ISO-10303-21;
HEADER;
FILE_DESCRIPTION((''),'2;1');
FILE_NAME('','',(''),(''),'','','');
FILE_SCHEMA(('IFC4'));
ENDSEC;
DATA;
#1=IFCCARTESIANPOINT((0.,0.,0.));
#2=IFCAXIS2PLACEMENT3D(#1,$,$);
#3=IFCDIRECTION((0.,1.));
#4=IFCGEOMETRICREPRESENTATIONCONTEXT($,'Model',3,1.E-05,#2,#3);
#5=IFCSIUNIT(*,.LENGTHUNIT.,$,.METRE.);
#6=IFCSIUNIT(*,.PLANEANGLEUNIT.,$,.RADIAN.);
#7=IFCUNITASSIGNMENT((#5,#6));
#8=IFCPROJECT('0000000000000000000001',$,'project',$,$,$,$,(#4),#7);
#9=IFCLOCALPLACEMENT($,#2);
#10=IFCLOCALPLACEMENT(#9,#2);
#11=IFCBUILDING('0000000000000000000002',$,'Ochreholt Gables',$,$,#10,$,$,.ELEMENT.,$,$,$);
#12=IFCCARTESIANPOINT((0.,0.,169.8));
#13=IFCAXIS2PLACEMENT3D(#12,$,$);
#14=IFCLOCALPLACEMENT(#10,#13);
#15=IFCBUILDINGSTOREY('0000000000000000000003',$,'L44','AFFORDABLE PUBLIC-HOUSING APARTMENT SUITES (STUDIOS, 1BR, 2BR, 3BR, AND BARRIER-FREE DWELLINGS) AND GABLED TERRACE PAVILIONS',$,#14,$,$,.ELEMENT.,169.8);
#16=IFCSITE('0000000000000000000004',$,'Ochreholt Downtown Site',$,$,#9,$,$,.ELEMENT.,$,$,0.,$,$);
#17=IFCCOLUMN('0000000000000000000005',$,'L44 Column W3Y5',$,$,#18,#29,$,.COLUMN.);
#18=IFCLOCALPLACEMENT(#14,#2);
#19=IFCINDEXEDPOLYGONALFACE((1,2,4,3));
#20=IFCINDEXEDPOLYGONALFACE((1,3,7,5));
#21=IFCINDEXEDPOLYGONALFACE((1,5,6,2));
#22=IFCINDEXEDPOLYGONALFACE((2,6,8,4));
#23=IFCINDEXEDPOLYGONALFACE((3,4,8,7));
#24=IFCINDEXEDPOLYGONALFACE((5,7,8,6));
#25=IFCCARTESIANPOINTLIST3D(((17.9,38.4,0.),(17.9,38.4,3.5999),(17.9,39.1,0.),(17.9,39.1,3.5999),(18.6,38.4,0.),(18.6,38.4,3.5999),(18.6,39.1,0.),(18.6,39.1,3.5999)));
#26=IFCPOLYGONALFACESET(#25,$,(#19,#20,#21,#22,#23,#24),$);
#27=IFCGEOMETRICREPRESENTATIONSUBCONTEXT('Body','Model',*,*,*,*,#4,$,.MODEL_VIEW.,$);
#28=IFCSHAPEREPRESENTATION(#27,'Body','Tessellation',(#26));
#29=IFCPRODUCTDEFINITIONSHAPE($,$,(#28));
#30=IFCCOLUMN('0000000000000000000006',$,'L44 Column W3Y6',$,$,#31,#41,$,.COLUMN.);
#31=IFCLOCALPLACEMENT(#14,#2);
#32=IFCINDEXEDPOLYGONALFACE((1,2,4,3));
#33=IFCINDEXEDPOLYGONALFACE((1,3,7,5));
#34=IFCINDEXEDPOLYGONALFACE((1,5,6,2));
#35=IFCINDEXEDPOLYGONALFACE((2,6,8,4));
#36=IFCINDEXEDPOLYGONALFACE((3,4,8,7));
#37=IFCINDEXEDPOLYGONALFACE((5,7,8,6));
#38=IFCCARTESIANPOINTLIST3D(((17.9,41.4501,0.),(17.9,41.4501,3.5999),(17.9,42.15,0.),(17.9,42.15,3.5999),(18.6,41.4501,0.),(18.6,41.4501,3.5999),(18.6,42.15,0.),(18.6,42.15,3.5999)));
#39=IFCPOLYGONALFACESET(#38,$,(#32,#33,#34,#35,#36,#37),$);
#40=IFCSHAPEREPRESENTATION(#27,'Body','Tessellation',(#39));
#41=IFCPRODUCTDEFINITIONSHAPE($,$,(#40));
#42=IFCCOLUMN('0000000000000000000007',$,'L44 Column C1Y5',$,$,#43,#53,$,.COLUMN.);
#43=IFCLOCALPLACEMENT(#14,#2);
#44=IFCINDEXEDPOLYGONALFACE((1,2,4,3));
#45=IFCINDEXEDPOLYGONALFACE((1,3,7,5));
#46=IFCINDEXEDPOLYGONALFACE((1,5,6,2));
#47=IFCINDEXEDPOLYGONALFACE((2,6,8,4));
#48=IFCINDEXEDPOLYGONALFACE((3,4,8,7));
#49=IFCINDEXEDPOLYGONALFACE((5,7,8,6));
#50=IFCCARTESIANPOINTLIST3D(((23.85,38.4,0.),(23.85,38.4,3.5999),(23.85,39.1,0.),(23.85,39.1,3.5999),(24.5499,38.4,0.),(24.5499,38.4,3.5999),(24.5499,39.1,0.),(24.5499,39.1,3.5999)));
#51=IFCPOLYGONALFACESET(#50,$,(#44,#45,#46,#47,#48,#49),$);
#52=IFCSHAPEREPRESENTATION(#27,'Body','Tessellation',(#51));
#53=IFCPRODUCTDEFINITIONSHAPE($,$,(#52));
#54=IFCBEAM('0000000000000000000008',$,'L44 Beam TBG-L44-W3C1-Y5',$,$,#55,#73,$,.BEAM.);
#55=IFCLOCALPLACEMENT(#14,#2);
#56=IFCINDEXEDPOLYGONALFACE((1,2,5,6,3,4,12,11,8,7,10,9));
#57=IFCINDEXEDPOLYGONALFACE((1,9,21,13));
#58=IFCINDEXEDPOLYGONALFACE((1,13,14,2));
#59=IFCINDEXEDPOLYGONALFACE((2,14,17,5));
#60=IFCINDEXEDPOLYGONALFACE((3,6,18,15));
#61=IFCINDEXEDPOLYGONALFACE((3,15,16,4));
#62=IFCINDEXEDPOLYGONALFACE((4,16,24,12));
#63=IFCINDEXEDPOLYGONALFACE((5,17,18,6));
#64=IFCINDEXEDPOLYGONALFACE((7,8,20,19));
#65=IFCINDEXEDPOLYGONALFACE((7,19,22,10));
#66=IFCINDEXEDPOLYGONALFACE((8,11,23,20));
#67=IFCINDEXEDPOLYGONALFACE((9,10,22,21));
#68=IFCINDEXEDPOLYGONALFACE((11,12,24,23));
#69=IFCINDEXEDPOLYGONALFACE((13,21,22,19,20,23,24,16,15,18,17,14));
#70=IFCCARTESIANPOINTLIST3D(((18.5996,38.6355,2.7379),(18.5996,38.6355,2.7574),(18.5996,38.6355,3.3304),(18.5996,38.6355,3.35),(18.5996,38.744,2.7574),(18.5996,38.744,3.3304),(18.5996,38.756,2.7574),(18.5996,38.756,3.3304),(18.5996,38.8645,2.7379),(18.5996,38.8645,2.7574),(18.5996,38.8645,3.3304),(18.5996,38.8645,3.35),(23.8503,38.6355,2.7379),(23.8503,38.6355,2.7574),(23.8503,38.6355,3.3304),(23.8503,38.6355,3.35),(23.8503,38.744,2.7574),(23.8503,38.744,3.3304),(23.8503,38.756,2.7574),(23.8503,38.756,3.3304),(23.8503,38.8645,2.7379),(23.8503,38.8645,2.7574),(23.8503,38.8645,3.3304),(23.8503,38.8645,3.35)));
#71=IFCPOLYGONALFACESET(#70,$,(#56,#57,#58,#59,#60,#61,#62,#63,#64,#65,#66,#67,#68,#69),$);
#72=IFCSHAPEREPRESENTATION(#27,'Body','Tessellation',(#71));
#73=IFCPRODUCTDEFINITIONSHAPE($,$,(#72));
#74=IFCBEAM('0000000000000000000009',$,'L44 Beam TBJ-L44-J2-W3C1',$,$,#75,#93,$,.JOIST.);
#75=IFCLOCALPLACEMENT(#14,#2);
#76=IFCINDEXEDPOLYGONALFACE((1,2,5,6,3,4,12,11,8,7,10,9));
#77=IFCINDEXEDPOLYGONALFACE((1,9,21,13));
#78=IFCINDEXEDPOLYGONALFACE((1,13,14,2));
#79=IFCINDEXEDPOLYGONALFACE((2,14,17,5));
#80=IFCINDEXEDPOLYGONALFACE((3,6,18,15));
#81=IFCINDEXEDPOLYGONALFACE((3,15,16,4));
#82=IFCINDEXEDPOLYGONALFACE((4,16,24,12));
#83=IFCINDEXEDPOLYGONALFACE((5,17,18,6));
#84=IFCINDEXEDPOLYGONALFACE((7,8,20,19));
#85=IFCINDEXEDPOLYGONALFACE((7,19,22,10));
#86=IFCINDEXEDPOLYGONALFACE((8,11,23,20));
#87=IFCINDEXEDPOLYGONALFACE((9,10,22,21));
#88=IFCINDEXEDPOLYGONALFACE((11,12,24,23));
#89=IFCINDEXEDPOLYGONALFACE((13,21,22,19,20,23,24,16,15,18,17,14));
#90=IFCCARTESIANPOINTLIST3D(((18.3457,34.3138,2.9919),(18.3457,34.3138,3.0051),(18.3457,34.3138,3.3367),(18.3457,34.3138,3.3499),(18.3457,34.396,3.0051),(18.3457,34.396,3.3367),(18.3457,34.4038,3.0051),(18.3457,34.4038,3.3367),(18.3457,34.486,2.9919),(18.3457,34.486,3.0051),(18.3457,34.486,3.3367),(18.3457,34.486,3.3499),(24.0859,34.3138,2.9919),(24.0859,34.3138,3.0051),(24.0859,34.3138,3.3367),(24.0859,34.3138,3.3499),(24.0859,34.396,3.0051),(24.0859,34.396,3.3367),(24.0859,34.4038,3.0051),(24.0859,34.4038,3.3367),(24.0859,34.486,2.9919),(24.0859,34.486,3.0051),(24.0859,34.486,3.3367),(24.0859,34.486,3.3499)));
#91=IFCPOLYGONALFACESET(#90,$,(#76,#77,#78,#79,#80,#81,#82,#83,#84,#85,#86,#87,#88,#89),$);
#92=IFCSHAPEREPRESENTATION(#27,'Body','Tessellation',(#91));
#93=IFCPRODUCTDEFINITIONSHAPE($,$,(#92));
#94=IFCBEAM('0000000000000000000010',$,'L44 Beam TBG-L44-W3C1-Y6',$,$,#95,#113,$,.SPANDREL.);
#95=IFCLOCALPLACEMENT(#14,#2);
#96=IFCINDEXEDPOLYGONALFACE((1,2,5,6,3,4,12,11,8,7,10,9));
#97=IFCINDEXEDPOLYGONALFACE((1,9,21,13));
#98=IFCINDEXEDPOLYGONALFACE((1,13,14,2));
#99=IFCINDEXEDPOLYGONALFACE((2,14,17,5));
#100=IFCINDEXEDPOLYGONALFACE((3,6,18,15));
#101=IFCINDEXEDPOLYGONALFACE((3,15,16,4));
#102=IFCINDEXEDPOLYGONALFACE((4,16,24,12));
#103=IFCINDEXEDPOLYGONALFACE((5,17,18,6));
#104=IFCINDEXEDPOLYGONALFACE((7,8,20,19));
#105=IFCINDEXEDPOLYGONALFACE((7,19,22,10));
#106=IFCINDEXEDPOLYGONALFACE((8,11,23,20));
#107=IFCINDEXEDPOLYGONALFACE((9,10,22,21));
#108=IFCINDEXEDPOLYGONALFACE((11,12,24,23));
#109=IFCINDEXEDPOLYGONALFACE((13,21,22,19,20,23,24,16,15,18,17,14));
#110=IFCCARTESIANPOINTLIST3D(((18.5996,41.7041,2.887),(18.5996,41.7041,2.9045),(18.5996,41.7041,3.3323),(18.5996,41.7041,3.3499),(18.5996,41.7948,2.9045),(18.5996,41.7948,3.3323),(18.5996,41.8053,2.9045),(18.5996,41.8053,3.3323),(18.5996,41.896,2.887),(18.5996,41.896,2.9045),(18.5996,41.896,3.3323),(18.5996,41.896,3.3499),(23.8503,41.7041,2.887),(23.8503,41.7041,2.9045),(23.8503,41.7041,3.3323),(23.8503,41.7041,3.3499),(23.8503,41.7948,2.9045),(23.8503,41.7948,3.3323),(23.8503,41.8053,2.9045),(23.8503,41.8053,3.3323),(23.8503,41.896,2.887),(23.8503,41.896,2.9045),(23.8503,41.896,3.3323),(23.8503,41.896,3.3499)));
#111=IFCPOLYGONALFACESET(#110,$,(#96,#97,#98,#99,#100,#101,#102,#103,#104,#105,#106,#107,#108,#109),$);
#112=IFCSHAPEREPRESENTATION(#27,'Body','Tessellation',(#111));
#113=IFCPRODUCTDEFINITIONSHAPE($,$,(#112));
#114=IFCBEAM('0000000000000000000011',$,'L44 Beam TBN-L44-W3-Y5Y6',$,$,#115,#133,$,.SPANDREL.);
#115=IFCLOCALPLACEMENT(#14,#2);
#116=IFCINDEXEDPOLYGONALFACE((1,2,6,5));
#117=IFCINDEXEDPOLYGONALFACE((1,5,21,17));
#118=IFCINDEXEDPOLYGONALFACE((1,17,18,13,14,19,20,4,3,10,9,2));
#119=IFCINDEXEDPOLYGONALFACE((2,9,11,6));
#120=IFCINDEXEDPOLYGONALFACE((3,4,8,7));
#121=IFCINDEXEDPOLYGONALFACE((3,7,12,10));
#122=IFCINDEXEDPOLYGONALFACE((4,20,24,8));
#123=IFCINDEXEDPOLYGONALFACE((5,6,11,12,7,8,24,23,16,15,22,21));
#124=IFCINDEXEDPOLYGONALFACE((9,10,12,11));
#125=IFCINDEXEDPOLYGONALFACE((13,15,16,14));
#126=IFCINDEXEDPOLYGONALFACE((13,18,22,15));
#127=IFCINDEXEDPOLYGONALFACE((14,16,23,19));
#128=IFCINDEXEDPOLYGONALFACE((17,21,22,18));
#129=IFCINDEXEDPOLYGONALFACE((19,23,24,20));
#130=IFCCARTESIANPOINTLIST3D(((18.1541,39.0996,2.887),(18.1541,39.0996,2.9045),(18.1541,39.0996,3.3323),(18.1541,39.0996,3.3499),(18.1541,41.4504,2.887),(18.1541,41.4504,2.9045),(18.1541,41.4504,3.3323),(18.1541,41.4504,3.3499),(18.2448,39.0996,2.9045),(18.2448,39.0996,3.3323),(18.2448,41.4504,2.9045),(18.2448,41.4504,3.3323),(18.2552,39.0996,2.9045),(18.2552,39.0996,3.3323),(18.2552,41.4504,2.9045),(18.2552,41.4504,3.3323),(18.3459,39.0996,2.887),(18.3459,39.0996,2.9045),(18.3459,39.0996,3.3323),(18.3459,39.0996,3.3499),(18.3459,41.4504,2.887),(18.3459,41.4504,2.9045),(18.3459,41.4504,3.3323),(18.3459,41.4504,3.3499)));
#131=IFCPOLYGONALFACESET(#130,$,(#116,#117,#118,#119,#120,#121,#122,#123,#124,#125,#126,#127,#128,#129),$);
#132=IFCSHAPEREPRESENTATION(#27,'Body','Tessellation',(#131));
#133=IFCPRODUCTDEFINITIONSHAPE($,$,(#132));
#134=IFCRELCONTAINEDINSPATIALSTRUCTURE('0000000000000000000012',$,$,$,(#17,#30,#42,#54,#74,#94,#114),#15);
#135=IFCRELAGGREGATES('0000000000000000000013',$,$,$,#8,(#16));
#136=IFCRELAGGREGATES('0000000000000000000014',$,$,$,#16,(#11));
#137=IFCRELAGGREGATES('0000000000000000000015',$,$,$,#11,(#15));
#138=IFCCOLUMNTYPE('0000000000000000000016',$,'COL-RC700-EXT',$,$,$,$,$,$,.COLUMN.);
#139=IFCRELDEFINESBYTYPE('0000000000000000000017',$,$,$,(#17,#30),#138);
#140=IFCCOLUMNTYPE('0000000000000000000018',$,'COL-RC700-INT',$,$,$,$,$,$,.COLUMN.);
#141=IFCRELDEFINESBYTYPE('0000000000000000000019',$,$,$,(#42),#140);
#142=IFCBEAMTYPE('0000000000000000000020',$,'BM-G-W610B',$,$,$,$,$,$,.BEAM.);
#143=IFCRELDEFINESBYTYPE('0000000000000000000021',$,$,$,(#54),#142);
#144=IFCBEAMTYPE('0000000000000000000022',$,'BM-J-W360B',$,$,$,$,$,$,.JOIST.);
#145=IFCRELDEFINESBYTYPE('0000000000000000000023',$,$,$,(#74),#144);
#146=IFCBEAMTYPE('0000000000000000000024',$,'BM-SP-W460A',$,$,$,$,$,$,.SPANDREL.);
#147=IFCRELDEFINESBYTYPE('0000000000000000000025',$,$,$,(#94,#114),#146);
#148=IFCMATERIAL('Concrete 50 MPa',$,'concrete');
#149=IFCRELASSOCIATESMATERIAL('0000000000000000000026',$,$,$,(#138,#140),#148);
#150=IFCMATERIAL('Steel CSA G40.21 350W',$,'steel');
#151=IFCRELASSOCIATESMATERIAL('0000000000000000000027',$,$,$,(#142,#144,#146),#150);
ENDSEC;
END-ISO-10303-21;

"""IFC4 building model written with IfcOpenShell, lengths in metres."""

from ifc_helpers import new_model, si_unit, direction, frame, origin, origin_2d, place, context, subcontext, project, spatial, rectangle, i_section, extrude, material, material_profile, profile_set, type_object, element, save


model = new_model("IFC4")

# Units and contexts
model_context = context("Model", 3, precision=1e-05, world=origin(), true_north=direction((0.0, 1.0)))
body_context = subcontext(model_context, "Body", "Model", "MODEL_VIEW")
ifc_project = project(units=[si_unit("LENGTHUNIT", "METRE"), si_unit("PLANEANGLEUNIT", "RADIAN")], contexts=[model_context])

# Site, building, storey
site_placement = place(None, origin())
site = spatial("IfcSite", under=ifc_project, at=site_placement, Name="Ochreholt Downtown Site", CompositionType="ELEMENT", RefElevation=0.0)
building_placement = place(site_placement, origin())
building = spatial("IfcBuilding", under=site, at=building_placement, Name="Ochreholt Gables", CompositionType="ELEMENT")
storey_placement = place(building_placement, frame((0.0, 0.0, 169.8)))
storey = spatial("IfcBuildingStorey", under=building, at=storey_placement, Name="L44", Description="AFFORDABLE PUBLIC-HOUSING APARTMENT SUITES (STUDIOS, 1BR, 2BR, 3BR, AND BARRIER-FREE DWELLINGS) AND GABLED TERRACE PAVILIONS", CompositionType="ELEMENT", Elevation=169.8)

# Columns
ifc_material_1 = material(Name="Concrete 50 MPa", Category="concrete")
ifc_material_profile_1 = material_profile(ifc_material_1, rectangle(XDim=0.7, YDim=0.7, at=origin_2d()), Name="RC700X700")
ifc_profile_set_1 = profile_set([ifc_material_profile_1], Name="Concrete 50 MPa")
column_type_1 = type_object("IfcColumnType", Name="COL-RC700-EXT", PredefinedType="COLUMN", material=ifc_profile_set_1)
for number, where, z_axis, x_axis, name in (
    (1, (18.25, 38.75, 0.0), (0.0, 0.0, 1.0), (1.0, 0.0, 0.0), "L44 Column W3Y5"),
    (2, (18.25, 41.8, 0.0), (0.0, 0.0, 1.0), (1.0, 0.0, 0.0), "L44 Column W3Y6"),
):
    element("IfcColumn", number, at=place(storey_placement, frame(where, z_axis=z_axis, x_axis=x_axis)), inside=storey, type_object=column_type_1, Name=name, PredefinedType="COLUMN", context=body_context, shape_type="SweptSolid", body=[
        extrude(rectangle(XDim=0.7, YDim=0.7, at=origin_2d()), origin(), (0.0, 0.0, 1.0), 3.5999),
    ])
ifc_material_profile_2 = material_profile(ifc_material_1, rectangle(XDim=0.7, YDim=0.7, at=origin_2d()), Name="RC700X700")
ifc_profile_set_2 = profile_set([ifc_material_profile_2], Name="Concrete 50 MPa")
column_type_2 = type_object("IfcColumnType", Name="COL-RC700-INT", PredefinedType="COLUMN", material=ifc_profile_set_2)
column_placement = place(storey_placement, frame((24.2, 38.75, 0.0), z_axis=(0.0, 0.0, 1.0), x_axis=(1.0, 0.0, 0.0)))
element("IfcColumn", 3, at=column_placement, inside=storey, type_object=column_type_2, Name="L44 Column C1Y5", PredefinedType="COLUMN", context=body_context, shape_type="SweptSolid", body=[
    extrude(rectangle(XDim=0.7, YDim=0.7, at=origin_2d()), origin(), (0.0, 0.0, 1.0), 3.5999),
])

# Beams
ifc_material_2 = material(Name="Steel CSA G40.21 350W", Category="steel")
ifc_material_profile_3 = material_profile(ifc_material_2, i_section(OverallWidth=0.229, OverallDepth=0.6121, WebThickness=0.012, FlangeThickness=0.0195, at=origin_2d()), Name="W610X125")
ifc_profile_set_3 = profile_set([ifc_material_profile_3], Name="Steel CSA G40.21 350W")
beam_type_1 = type_object("IfcBeamType", Name="BM-G-W610B", PredefinedType="BEAM", material=ifc_profile_set_3)
beam_1_placement = place(storey_placement, frame((18.5996, 38.75, 3.0439), z_axis=(1.0, 0.0, 0.0), x_axis=(0.0, 1.0, 0.0)))
element("IfcBeam", 4, at=beam_1_placement, inside=storey, type_object=beam_type_1, Name="L44 Beam TBG-L44-W3C1-Y5", PredefinedType="BEAM", context=body_context, shape_type="SweptSolid", body=[
    extrude(i_section(OverallWidth=0.229, OverallDepth=0.6121, WebThickness=0.012, FlangeThickness=0.0195, at=origin_2d()), origin(), (0.0, 0.0, 1.0), 5.2507),
])
ifc_material_profile_4 = material_profile(ifc_material_2, i_section(OverallWidth=0.1721, OverallDepth=0.3579, WebThickness=0.0078, FlangeThickness=0.0132, at=origin_2d()), Name="W360X57")
ifc_profile_set_4 = profile_set([ifc_material_profile_4], Name="Steel CSA G40.21 350W")
beam_type_2 = type_object("IfcBeamType", Name="BM-J-W360B", PredefinedType="JOIST", material=ifc_profile_set_4)
beam_2_placement = place(storey_placement, frame((18.3457, 34.3999, 3.1709), z_axis=(1.0, 0.0, 0.0), x_axis=(0.0, 1.0, 0.0)))
element("IfcBeam", 5, at=beam_2_placement, inside=storey, type_object=beam_type_2, Name="L44 Beam TBJ-L44-J2-W3C1", PredefinedType="JOIST", context=body_context, shape_type="SweptSolid", body=[
    extrude(i_section(OverallWidth=0.1721, OverallDepth=0.3579, WebThickness=0.0078, FlangeThickness=0.0132, at=origin_2d()), origin(), (0.0, 0.0, 1.0), 5.7402),
])
ifc_material_profile_5 = material_profile(ifc_material_2, i_section(OverallWidth=0.1919, OverallDepth=0.4629, WebThickness=0.0105, FlangeThickness=0.0176, at=origin_2d()), Name="W460X89")
ifc_profile_set_5 = profile_set([ifc_material_profile_5], Name="Steel CSA G40.21 350W")
beam_type_3 = type_object("IfcBeamType", Name="BM-SP-W460A", PredefinedType="SPANDREL", material=ifc_profile_set_5)
beam_3_placement = place(storey_placement, frame((18.5996, 41.8, 3.1184), z_axis=(1.0, 0.0, 0.0), x_axis=(0.0, 1.0, 0.0)))
element("IfcBeam", 6, at=beam_3_placement, inside=storey, type_object=beam_type_3, Name="L44 Beam TBG-L44-W3C1-Y6", PredefinedType="SPANDREL", context=body_context, shape_type="SweptSolid", body=[
    extrude(i_section(OverallWidth=0.1919, OverallDepth=0.4629, WebThickness=0.0105, FlangeThickness=0.0176, at=origin_2d()), origin(), (0.0, 0.0, 1.0), 5.2507),
])
beam_4_placement = place(storey_placement, frame((18.25, 39.0996, 3.1184), z_axis=(0.0, 1.0, 0.0), x_axis=(-1.0, 0.0, 0.0)))
element("IfcBeam", 7, at=beam_4_placement, inside=storey, type_object=beam_type_3, Name="L44 Beam TBN-L44-W3-Y5Y6", PredefinedType="SPANDREL", context=body_context, shape_type="SweptSolid", body=[
    extrude(i_section(OverallWidth=0.1919, OverallDepth=0.4629, WebThickness=0.0105, FlangeThickness=0.0176, at=origin_2d()), origin(), (0.0, 0.0, 1.0), 2.3508),
])

save(model, "model.ifc")
